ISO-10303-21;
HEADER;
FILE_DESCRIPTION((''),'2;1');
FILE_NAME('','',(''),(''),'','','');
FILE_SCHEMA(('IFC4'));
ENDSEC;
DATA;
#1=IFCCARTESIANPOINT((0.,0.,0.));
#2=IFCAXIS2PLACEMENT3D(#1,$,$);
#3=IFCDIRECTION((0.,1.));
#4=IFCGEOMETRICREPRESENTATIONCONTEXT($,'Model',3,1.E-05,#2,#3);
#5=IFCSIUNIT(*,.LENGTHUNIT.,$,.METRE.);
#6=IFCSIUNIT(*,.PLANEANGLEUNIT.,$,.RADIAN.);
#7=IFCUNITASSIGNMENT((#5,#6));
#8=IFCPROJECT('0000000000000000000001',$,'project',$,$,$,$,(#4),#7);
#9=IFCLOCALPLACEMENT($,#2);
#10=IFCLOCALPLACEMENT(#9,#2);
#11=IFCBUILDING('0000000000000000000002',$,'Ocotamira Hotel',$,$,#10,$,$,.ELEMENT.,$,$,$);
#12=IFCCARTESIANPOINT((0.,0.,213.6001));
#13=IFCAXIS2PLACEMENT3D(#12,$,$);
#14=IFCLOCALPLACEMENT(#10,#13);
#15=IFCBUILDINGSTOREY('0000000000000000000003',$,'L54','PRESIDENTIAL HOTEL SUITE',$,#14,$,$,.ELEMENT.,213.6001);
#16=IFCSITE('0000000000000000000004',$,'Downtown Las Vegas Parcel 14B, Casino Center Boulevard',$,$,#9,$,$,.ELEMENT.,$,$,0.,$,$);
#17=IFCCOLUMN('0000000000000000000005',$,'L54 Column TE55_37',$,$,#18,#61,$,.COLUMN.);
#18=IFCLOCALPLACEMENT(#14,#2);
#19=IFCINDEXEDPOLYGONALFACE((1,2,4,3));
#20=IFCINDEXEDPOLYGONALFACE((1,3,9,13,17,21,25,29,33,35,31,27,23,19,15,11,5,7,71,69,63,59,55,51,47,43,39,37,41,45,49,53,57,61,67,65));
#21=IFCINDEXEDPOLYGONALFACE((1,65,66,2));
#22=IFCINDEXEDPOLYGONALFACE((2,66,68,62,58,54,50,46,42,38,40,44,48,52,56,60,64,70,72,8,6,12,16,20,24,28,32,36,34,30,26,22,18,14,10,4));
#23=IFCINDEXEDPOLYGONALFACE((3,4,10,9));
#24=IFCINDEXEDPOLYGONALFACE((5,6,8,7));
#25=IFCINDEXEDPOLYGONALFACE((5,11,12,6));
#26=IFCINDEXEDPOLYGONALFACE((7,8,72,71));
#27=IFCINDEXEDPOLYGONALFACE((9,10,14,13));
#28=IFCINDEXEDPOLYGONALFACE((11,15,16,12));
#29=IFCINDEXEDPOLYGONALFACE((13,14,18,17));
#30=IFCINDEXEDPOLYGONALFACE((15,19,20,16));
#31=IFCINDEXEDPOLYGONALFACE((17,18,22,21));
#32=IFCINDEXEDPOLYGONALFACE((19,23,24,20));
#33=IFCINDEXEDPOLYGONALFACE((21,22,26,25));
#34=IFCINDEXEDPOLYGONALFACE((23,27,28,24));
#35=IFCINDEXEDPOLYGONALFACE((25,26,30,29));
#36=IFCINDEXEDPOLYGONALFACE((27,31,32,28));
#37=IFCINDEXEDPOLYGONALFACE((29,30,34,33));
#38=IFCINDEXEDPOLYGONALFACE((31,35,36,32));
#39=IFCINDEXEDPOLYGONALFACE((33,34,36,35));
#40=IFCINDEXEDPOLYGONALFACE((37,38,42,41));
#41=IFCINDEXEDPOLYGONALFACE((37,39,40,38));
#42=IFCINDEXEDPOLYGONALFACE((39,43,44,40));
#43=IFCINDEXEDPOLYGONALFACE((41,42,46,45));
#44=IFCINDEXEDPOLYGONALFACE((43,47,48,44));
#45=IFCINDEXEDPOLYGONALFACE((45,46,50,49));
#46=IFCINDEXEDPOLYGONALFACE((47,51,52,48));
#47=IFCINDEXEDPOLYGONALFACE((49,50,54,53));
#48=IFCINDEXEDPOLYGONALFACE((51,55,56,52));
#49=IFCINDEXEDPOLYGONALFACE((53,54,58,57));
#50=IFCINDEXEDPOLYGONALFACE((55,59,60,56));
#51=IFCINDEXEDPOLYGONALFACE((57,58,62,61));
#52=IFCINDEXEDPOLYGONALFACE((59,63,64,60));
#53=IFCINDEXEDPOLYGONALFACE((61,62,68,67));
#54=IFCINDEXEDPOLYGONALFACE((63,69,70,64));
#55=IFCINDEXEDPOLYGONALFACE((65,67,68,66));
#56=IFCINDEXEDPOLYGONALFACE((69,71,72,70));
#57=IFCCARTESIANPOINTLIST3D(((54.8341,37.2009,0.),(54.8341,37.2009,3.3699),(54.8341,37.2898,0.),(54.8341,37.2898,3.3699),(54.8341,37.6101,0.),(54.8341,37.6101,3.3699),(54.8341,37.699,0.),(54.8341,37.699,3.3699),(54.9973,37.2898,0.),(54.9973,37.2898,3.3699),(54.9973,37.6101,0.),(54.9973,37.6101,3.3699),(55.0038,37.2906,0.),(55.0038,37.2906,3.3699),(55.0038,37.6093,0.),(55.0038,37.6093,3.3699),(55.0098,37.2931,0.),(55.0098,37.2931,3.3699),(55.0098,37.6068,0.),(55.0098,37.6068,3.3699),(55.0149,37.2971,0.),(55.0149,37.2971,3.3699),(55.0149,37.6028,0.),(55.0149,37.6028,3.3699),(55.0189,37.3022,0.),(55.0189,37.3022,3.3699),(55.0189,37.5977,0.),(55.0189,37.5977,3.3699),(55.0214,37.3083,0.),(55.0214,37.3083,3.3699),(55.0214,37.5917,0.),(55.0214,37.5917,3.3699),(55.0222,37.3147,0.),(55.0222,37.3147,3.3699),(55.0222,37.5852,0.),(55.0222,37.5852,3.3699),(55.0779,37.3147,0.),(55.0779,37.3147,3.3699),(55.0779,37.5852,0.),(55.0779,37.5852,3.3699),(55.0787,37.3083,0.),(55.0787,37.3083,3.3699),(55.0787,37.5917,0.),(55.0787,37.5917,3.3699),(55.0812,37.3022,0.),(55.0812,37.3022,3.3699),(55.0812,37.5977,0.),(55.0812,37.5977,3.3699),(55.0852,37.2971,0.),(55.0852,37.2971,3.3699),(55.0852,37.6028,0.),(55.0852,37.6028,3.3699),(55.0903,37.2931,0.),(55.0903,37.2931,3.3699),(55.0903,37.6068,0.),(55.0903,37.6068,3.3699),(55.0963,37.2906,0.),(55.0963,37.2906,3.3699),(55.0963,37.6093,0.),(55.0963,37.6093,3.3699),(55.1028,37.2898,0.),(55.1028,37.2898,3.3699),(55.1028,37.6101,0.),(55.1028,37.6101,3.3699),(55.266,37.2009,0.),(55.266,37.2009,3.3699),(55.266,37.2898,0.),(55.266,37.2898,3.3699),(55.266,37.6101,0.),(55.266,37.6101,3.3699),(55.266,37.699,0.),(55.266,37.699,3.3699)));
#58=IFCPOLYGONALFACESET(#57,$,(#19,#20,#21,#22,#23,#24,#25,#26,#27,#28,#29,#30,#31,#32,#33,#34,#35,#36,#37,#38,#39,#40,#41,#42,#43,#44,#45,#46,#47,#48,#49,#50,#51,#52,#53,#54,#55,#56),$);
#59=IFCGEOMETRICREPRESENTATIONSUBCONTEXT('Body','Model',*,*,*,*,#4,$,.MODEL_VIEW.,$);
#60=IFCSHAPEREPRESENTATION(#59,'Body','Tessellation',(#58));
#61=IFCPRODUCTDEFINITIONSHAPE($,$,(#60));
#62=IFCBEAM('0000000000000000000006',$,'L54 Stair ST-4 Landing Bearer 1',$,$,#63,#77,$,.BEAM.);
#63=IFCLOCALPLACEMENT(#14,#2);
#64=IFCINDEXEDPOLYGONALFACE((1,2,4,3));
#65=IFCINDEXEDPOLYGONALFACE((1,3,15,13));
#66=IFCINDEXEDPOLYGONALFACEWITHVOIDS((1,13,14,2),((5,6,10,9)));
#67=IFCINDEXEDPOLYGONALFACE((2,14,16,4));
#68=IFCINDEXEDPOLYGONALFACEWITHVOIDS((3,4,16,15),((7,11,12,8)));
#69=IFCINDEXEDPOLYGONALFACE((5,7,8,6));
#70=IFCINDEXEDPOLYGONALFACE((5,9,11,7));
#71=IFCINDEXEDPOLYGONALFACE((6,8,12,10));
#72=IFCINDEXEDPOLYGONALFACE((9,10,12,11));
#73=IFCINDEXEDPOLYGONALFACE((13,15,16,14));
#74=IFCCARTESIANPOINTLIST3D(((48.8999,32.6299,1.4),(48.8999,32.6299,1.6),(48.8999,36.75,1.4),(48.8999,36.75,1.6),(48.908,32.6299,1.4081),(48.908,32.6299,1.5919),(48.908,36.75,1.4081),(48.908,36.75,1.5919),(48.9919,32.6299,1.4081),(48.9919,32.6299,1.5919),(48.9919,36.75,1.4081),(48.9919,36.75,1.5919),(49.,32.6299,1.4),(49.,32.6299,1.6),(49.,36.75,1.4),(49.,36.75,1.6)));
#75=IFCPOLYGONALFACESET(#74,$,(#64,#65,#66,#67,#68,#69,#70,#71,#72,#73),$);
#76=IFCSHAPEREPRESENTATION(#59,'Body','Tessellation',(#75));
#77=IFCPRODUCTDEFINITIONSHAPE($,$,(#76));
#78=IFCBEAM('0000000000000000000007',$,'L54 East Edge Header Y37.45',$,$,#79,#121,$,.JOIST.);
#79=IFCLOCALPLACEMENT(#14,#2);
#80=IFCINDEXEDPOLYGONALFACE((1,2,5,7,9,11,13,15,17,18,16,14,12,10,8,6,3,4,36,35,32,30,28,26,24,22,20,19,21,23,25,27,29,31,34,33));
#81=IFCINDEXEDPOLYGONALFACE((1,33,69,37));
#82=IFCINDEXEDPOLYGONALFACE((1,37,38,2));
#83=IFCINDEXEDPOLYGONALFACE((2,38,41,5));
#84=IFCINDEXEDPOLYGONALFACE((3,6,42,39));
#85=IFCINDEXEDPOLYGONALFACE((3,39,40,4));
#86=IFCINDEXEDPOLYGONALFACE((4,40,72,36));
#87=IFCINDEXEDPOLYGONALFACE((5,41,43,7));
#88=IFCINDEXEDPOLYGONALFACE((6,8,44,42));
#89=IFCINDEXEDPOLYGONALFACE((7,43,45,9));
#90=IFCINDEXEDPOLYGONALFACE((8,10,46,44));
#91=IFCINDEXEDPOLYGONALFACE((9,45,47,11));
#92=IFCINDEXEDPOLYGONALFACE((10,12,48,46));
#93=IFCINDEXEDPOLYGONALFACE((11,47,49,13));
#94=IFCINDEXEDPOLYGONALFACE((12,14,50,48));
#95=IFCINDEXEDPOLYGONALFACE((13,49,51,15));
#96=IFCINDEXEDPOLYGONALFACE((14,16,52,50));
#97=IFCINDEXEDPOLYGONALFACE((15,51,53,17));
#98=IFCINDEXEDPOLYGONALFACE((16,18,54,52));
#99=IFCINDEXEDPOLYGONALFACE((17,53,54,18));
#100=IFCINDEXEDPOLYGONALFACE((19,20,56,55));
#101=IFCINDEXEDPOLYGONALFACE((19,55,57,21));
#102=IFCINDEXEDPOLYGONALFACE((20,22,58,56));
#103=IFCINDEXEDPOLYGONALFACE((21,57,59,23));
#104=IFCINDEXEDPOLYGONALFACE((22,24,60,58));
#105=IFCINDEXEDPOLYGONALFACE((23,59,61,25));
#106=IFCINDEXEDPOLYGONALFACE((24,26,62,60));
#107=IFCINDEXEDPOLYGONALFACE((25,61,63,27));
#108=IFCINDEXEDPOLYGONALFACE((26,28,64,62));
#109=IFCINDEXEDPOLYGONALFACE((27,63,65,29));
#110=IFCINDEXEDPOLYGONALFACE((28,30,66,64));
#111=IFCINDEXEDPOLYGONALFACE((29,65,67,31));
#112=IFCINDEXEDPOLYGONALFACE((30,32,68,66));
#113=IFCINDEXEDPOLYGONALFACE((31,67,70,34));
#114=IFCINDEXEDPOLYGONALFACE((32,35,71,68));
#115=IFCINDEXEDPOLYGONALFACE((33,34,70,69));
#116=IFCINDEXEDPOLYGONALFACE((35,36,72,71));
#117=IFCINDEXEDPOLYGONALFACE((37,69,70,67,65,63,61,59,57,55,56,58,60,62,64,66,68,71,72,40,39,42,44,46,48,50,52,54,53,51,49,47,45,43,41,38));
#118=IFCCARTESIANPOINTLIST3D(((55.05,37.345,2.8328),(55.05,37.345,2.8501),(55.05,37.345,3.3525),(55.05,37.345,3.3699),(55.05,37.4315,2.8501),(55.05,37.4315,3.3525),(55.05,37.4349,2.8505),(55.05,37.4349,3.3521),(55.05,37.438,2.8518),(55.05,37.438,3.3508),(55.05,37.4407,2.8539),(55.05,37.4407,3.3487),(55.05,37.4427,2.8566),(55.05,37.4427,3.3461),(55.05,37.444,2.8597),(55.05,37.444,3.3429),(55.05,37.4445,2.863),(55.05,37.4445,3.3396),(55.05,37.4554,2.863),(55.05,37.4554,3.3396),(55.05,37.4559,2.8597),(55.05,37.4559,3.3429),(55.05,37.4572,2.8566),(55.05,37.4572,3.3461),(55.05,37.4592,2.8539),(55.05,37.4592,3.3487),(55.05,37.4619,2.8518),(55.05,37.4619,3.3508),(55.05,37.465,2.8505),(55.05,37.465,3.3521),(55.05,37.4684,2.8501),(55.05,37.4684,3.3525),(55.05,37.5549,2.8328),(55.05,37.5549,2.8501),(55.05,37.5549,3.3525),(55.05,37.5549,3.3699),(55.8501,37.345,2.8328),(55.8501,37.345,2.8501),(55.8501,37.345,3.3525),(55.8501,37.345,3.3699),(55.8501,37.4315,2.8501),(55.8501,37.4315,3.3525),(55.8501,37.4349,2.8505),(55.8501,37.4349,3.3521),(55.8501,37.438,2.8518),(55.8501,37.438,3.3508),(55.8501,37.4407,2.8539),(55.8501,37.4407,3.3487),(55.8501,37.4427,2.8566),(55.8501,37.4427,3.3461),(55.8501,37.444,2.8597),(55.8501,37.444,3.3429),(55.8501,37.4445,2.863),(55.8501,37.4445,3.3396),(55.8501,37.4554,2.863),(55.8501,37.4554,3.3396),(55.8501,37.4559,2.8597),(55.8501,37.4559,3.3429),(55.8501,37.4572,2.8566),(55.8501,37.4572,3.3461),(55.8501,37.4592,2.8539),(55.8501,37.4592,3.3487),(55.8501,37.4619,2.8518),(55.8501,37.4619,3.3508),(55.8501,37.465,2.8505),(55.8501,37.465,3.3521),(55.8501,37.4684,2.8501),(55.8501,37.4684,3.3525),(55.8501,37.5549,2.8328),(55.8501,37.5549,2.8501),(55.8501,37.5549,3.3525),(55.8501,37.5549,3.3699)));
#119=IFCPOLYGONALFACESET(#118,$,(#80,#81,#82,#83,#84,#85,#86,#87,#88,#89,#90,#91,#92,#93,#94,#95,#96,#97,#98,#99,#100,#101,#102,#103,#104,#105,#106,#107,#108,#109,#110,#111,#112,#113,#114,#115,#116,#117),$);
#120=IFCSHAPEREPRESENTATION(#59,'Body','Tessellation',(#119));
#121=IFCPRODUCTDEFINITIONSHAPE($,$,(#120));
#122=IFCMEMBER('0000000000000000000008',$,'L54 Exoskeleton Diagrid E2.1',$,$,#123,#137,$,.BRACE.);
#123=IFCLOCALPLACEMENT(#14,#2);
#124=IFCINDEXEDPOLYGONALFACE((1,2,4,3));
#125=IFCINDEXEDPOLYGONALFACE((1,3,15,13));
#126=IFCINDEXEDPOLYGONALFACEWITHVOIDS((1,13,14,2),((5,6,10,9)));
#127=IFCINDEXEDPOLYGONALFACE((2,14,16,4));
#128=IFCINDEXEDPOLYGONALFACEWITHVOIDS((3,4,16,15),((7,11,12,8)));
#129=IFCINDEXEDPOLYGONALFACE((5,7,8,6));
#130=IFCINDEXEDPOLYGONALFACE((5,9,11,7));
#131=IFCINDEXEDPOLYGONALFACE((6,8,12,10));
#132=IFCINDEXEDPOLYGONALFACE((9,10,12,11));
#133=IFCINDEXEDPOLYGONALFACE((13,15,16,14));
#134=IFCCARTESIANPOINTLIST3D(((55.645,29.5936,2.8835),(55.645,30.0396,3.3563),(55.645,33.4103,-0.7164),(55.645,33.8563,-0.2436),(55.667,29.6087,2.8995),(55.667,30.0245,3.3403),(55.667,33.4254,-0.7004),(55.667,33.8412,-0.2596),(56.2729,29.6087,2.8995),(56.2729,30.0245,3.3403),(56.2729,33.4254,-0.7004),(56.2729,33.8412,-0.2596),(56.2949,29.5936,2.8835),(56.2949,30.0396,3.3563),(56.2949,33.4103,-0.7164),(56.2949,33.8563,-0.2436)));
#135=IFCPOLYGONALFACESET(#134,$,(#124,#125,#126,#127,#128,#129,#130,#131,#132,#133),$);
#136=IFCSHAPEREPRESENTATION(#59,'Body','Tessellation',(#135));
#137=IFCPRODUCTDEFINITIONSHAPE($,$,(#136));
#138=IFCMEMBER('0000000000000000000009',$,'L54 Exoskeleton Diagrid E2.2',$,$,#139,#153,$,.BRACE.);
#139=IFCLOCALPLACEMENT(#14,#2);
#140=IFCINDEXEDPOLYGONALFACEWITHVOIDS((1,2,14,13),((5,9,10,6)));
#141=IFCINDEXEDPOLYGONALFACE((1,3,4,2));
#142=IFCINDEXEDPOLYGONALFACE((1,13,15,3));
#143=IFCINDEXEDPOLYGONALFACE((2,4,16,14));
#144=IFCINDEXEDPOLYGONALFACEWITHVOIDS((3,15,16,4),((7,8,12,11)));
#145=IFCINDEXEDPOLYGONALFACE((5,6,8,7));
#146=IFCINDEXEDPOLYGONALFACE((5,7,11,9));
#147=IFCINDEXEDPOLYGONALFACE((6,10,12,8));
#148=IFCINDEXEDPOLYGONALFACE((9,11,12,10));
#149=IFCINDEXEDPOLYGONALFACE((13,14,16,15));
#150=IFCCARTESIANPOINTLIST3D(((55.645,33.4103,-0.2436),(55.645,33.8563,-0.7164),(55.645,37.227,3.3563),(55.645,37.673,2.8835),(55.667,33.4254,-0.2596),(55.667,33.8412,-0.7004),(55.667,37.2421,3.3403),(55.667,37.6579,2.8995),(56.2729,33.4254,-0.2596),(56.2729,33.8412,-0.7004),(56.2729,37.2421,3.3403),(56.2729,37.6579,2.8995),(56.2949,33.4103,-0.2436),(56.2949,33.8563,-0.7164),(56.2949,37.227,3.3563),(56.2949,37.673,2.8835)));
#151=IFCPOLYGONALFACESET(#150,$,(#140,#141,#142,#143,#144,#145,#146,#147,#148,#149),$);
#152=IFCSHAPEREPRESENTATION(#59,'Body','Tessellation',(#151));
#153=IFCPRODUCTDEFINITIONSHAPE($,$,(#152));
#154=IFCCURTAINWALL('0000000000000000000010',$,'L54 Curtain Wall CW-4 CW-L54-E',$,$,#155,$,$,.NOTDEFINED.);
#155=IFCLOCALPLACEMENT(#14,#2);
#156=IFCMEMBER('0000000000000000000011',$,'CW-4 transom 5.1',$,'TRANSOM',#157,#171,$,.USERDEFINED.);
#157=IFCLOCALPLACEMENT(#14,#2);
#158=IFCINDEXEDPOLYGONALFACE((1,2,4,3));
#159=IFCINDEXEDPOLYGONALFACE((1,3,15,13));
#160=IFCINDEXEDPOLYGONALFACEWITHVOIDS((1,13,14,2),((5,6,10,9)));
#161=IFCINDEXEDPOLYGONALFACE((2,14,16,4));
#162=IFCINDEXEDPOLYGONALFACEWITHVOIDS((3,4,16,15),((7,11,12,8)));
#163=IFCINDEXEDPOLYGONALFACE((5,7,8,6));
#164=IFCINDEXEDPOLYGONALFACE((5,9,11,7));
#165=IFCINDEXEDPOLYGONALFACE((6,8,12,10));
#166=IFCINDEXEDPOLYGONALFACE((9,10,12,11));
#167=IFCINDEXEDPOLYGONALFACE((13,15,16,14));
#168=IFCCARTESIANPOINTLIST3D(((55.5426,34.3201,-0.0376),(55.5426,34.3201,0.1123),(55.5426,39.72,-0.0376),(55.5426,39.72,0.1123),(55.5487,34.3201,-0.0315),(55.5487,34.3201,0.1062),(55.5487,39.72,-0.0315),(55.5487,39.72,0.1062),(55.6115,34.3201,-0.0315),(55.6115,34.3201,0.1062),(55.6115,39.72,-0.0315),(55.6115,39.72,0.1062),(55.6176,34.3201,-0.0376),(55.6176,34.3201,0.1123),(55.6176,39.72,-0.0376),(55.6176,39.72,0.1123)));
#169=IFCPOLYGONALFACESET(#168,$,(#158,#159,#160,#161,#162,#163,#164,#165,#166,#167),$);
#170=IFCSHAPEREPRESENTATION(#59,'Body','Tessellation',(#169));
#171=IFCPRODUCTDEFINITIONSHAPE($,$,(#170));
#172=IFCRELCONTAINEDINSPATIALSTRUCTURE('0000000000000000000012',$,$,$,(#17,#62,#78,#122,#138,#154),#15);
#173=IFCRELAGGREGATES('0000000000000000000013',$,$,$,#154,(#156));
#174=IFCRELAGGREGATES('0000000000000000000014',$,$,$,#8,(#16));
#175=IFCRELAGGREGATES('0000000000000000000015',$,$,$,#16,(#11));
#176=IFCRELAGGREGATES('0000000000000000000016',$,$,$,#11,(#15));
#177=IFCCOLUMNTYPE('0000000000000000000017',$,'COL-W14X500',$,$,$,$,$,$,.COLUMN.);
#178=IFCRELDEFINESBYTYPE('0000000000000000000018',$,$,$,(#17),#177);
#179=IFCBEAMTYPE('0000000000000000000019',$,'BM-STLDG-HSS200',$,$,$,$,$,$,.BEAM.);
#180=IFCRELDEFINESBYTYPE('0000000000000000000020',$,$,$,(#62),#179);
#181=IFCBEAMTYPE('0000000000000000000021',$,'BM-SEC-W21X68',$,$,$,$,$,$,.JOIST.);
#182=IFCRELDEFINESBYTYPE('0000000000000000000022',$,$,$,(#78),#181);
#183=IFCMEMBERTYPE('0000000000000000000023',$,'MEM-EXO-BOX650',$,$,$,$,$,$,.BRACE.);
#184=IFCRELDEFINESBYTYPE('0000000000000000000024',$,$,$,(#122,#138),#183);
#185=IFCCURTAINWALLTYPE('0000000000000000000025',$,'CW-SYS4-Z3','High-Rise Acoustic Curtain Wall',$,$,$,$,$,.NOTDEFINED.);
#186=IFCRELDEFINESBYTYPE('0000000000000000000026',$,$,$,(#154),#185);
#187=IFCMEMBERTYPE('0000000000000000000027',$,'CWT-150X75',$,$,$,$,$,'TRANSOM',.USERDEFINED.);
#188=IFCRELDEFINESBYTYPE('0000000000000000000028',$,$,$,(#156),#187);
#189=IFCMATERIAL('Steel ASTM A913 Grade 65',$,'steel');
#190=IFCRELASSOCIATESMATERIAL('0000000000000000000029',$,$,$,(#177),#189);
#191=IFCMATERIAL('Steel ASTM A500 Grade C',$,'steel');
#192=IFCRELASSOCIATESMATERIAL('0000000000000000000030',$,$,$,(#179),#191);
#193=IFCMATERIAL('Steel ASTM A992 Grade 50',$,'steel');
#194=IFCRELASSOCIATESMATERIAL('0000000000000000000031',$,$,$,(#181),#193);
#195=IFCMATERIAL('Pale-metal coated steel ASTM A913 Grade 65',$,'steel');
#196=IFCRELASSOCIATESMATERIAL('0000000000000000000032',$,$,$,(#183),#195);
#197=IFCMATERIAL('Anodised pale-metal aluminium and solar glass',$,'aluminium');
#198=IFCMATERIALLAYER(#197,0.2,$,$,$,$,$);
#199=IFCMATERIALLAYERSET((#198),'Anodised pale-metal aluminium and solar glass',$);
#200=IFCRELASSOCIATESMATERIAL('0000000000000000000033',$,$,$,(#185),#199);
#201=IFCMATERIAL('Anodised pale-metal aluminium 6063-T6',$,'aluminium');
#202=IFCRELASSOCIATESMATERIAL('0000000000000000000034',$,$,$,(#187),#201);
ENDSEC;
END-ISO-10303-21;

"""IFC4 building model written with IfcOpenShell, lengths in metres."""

from ifc_helpers import new_model, si_unit, direction, frame, origin, origin_2d, place, context, subcontext, project, spatial, hollow_rectangle, i_section, extrude, source, transform, mapped, material, layer, layer_set, material_profile, profile_set, type_object, element, aggregate, save


model = new_model("IFC4")

# Units and contexts
model_context = context("Model", 3, precision=1e-05, world=origin(), true_north=direction((0.0, 1.0)))
body_context = subcontext(model_context, "Body", "Model", "MODEL_VIEW")
ifc_project = project(units=[si_unit("LENGTHUNIT", "METRE"), si_unit("PLANEANGLEUNIT", "RADIAN")], contexts=[model_context])

# Site, building, storey
site_placement = place(None, origin())
site = spatial("IfcSite", under=ifc_project, at=site_placement, Name="Downtown Las Vegas Parcel 14B, Casino Center Boulevard", CompositionType="ELEMENT", RefElevation=0.0)
building_placement = place(site_placement, origin())
building = spatial("IfcBuilding", under=site, at=building_placement, Name="Ocotamira Hotel", CompositionType="ELEMENT")
storey_placement = place(building_placement, frame((0.0, 0.0, 213.6001)))
storey = spatial("IfcBuildingStorey", under=building, at=storey_placement, Name="L54", Description="PRESIDENTIAL HOTEL SUITE", CompositionType="ELEMENT", Elevation=213.6001)

# Column
ifc_material_1 = material(Name="Steel ASTM A913 Grade 65", Category="steel")
ifc_material_profile_1 = material_profile(ifc_material_1, i_section(OverallWidth=0.4319, OverallDepth=0.498, WebThickness=0.0557, FlangeThickness=0.0889, FilletRadius=0.0249, at=origin_2d()), Name="W14X500")
ifc_profile_set_1 = profile_set([ifc_material_profile_1], Name="Steel ASTM A913 Grade 65")
column_type = type_object("IfcColumnType", Name="COL-W14X500", PredefinedType="COLUMN", material=ifc_profile_set_1)
shared_shape_1 = source(origin(), body_context, "Body", "SweptSolid", [
    extrude(i_section(OverallWidth=0.4319, OverallDepth=0.498, WebThickness=0.0557, FlangeThickness=0.0889, FilletRadius=0.0249, at=origin_2d()), origin(), (0.0, 0.0, 1.0), 3.3699),
])
column_placement = place(storey_placement, frame((55.05, 37.45, 0.0), z_axis=(0.0, 0.0, 1.0), x_axis=(1.0, 0.0, 0.0)))
element("IfcColumn", 1, at=column_placement, inside=storey, type_object=column_type, Name="L54 Column TE55_37", PredefinedType="COLUMN", context=body_context, shape_type="MappedRepresentation", body=[
    mapped(shared_shape_1, transform((0.0, 0.0, 0.0), scale=1.0)),
])

# Beams
ifc_material_2 = material(Name="Steel ASTM A500 Grade C", Category="steel")
ifc_material_profile_2 = material_profile(ifc_material_2, hollow_rectangle(XDim=0.1001, YDim=0.2, WallThickness=0.0081, at=origin_2d()), Name="HSS200X100X8")
ifc_profile_set_2 = profile_set([ifc_material_profile_2], Name="Steel ASTM A500 Grade C")
beam_type_1 = type_object("IfcBeamType", Name="BM-STLDG-HSS200", PredefinedType="BEAM", material=ifc_profile_set_2)
shared_shape_2 = source(origin(), body_context, "Body", "SweptSolid", [
    extrude(hollow_rectangle(XDim=0.1001, YDim=0.2, WallThickness=0.0081, at=origin_2d()), origin(), (0.0, 0.0, 1.0), 4.1201),
])
beam_1_placement = place(storey_placement, frame((48.95, 32.6299, 1.5), z_axis=(0.0, 1.0, 0.0), x_axis=(-1.0, 0.0, 0.0)))
element("IfcBeam", 2, at=beam_1_placement, inside=storey, type_object=beam_type_1, Name="L54 Stair ST-4 Landing Bearer 1", PredefinedType="BEAM", context=body_context, shape_type="MappedRepresentation", body=[
    mapped(shared_shape_2, transform((0.0, 0.0, 0.0), scale=1.0)),
])
ifc_material_3 = material(Name="Steel ASTM A992 Grade 50", Category="steel")
ifc_material_profile_3 = material_profile(ifc_material_3, i_section(OverallWidth=0.21, OverallDepth=0.5371, WebThickness=0.011, FlangeThickness=0.0173, FilletRadius=0.0129, at=origin_2d()), Name="W21X68")
ifc_profile_set_3 = profile_set([ifc_material_profile_3], Name="Steel ASTM A992 Grade 50")
beam_type_2 = type_object("IfcBeamType", Name="BM-SEC-W21X68", PredefinedType="JOIST", material=ifc_profile_set_3)
shared_shape_3 = source(origin(), body_context, "Body", "SweptSolid", [
    extrude(i_section(OverallWidth=0.21, OverallDepth=0.5371, WebThickness=0.011, FlangeThickness=0.0173, FilletRadius=0.0129, at=origin_2d()), origin(), (0.0, 0.0, 1.0), 0.8),
])
beam_2_placement = place(storey_placement, frame((55.05, 37.45, 3.1013), z_axis=(1.0, 0.0, 0.0), x_axis=(0.0, 1.0, 0.0)))
element("IfcBeam", 3, at=beam_2_placement, inside=storey, type_object=beam_type_2, Name="L54 East Edge Header Y37.45", PredefinedType="JOIST", context=body_context, shape_type="MappedRepresentation", body=[
    mapped(shared_shape_3, transform((0.0, 0.0, 0.0), scale=1.0)),
])

# Members
ifc_material_4 = material(Name="Pale-metal coated steel ASTM A913 Grade 65", Category="steel")
ifc_material_profile_4 = material_profile(ifc_material_4, hollow_rectangle(XDim=0.6499, YDim=0.6499, WallThickness=0.022, at=origin_2d()), Name="BOX650X650X22")
ifc_profile_set_4 = profile_set([ifc_material_profile_4], Name="Pale-metal coated steel ASTM A913 Grade 65")
member_type_1 = type_object("IfcMemberType", Name="MEM-EXO-BOX650", PredefinedType="BRACE", material=ifc_profile_set_4)
shared_shape_4 = source(origin(), body_context, "Body", "SweptSolid", [
    extrude(hollow_rectangle(XDim=0.6499, YDim=0.6499, WallThickness=0.022, at=origin_2d()), origin(), (0.0, 0.0, 1.0), 5.2466),
])
for number, where, z_axis, x_axis, name in (
    (4, (55.97, 33.6333, -0.48), (0.0, -0.727466, 0.686144), (1.0, 0.0, 0.0), "L54 Exoskeleton Diagrid E2.1"),
    (5, (55.97, 33.6333, -0.48), (0.0, 0.727466, 0.686144), (-1.0, 0.0, 0.0), "L54 Exoskeleton Diagrid E2.2"),
):
    element("IfcMember", number, at=place(storey_placement, frame(where, z_axis=z_axis, x_axis=x_axis)), inside=storey, type_object=member_type_1, Name=name, PredefinedType="BRACE", context=body_context, shape_type="MappedRepresentation", body=[
        mapped(shared_shape_4, transform((0.0, 0.0, 0.0), scale=1.0)),
    ])

# Curtain wall, member
ifc_material_5 = material(Name="Anodised pale-metal aluminium and solar glass", Category="aluminium")
ifc_layer_1 = layer(ifc_material_5, 0.2)
ifc_layer_set_1 = layer_set([ifc_layer_1], Name="Anodised pale-metal aluminium and solar glass")
curtain_wall_type = type_object("IfcCurtainWallType", Name="CW-SYS4-Z3", Description="High-Rise Acoustic Curtain Wall", PredefinedType="NOTDEFINED", material=ifc_layer_set_1)
curtain_wall_placement = place(storey_placement, origin())
curtain_wall = element("IfcCurtainWall", 6, at=curtain_wall_placement, inside=storey, type_object=curtain_wall_type, Name="L54 Curtain Wall CW-4 CW-L54-E", PredefinedType="NOTDEFINED")
ifc_material_6 = material(Name="Anodised pale-metal aluminium 6063-T6", Category="aluminium")
ifc_material_profile_5 = material_profile(ifc_material_6, hollow_rectangle(XDim=0.075, YDim=0.1499, WallThickness=0.0061, at=origin_2d()), Name="HSS150X75X6")
ifc_profile_set_5 = profile_set([ifc_material_profile_5], Name="Anodised pale-metal aluminium 6063-T6")
member_type_2 = type_object("IfcMemberType", Name="CWT-150X75", ElementType="TRANSOM", PredefinedType="USERDEFINED", material=ifc_profile_set_5)
shared_shape_5 = source(origin(), body_context, "Body", "SweptSolid", [
    extrude(hollow_rectangle(XDim=0.075, YDim=0.1499, WallThickness=0.0061, at=origin_2d()), origin(), (0.0, 0.0, 1.0), 5.3999),
])
member_1_placement = place(storey_placement, frame((55.5801, 34.3201, 0.0374), z_axis=(0.0, 1.0, 0.0), x_axis=(-1.0, 0.0, 0.0)))
member_1 = element("IfcMember", 7, at=member_1_placement, type_object=member_type_2, Name="CW-4 transom 5.1", ObjectType="TRANSOM", PredefinedType="USERDEFINED", context=body_context, shape_type="MappedRepresentation", body=[
    mapped(shared_shape_5, transform((0.0, 0.0, 0.0), scale=1.0)),
])

aggregate(curtain_wall, [member_1])

save(model, "model.ifc")
